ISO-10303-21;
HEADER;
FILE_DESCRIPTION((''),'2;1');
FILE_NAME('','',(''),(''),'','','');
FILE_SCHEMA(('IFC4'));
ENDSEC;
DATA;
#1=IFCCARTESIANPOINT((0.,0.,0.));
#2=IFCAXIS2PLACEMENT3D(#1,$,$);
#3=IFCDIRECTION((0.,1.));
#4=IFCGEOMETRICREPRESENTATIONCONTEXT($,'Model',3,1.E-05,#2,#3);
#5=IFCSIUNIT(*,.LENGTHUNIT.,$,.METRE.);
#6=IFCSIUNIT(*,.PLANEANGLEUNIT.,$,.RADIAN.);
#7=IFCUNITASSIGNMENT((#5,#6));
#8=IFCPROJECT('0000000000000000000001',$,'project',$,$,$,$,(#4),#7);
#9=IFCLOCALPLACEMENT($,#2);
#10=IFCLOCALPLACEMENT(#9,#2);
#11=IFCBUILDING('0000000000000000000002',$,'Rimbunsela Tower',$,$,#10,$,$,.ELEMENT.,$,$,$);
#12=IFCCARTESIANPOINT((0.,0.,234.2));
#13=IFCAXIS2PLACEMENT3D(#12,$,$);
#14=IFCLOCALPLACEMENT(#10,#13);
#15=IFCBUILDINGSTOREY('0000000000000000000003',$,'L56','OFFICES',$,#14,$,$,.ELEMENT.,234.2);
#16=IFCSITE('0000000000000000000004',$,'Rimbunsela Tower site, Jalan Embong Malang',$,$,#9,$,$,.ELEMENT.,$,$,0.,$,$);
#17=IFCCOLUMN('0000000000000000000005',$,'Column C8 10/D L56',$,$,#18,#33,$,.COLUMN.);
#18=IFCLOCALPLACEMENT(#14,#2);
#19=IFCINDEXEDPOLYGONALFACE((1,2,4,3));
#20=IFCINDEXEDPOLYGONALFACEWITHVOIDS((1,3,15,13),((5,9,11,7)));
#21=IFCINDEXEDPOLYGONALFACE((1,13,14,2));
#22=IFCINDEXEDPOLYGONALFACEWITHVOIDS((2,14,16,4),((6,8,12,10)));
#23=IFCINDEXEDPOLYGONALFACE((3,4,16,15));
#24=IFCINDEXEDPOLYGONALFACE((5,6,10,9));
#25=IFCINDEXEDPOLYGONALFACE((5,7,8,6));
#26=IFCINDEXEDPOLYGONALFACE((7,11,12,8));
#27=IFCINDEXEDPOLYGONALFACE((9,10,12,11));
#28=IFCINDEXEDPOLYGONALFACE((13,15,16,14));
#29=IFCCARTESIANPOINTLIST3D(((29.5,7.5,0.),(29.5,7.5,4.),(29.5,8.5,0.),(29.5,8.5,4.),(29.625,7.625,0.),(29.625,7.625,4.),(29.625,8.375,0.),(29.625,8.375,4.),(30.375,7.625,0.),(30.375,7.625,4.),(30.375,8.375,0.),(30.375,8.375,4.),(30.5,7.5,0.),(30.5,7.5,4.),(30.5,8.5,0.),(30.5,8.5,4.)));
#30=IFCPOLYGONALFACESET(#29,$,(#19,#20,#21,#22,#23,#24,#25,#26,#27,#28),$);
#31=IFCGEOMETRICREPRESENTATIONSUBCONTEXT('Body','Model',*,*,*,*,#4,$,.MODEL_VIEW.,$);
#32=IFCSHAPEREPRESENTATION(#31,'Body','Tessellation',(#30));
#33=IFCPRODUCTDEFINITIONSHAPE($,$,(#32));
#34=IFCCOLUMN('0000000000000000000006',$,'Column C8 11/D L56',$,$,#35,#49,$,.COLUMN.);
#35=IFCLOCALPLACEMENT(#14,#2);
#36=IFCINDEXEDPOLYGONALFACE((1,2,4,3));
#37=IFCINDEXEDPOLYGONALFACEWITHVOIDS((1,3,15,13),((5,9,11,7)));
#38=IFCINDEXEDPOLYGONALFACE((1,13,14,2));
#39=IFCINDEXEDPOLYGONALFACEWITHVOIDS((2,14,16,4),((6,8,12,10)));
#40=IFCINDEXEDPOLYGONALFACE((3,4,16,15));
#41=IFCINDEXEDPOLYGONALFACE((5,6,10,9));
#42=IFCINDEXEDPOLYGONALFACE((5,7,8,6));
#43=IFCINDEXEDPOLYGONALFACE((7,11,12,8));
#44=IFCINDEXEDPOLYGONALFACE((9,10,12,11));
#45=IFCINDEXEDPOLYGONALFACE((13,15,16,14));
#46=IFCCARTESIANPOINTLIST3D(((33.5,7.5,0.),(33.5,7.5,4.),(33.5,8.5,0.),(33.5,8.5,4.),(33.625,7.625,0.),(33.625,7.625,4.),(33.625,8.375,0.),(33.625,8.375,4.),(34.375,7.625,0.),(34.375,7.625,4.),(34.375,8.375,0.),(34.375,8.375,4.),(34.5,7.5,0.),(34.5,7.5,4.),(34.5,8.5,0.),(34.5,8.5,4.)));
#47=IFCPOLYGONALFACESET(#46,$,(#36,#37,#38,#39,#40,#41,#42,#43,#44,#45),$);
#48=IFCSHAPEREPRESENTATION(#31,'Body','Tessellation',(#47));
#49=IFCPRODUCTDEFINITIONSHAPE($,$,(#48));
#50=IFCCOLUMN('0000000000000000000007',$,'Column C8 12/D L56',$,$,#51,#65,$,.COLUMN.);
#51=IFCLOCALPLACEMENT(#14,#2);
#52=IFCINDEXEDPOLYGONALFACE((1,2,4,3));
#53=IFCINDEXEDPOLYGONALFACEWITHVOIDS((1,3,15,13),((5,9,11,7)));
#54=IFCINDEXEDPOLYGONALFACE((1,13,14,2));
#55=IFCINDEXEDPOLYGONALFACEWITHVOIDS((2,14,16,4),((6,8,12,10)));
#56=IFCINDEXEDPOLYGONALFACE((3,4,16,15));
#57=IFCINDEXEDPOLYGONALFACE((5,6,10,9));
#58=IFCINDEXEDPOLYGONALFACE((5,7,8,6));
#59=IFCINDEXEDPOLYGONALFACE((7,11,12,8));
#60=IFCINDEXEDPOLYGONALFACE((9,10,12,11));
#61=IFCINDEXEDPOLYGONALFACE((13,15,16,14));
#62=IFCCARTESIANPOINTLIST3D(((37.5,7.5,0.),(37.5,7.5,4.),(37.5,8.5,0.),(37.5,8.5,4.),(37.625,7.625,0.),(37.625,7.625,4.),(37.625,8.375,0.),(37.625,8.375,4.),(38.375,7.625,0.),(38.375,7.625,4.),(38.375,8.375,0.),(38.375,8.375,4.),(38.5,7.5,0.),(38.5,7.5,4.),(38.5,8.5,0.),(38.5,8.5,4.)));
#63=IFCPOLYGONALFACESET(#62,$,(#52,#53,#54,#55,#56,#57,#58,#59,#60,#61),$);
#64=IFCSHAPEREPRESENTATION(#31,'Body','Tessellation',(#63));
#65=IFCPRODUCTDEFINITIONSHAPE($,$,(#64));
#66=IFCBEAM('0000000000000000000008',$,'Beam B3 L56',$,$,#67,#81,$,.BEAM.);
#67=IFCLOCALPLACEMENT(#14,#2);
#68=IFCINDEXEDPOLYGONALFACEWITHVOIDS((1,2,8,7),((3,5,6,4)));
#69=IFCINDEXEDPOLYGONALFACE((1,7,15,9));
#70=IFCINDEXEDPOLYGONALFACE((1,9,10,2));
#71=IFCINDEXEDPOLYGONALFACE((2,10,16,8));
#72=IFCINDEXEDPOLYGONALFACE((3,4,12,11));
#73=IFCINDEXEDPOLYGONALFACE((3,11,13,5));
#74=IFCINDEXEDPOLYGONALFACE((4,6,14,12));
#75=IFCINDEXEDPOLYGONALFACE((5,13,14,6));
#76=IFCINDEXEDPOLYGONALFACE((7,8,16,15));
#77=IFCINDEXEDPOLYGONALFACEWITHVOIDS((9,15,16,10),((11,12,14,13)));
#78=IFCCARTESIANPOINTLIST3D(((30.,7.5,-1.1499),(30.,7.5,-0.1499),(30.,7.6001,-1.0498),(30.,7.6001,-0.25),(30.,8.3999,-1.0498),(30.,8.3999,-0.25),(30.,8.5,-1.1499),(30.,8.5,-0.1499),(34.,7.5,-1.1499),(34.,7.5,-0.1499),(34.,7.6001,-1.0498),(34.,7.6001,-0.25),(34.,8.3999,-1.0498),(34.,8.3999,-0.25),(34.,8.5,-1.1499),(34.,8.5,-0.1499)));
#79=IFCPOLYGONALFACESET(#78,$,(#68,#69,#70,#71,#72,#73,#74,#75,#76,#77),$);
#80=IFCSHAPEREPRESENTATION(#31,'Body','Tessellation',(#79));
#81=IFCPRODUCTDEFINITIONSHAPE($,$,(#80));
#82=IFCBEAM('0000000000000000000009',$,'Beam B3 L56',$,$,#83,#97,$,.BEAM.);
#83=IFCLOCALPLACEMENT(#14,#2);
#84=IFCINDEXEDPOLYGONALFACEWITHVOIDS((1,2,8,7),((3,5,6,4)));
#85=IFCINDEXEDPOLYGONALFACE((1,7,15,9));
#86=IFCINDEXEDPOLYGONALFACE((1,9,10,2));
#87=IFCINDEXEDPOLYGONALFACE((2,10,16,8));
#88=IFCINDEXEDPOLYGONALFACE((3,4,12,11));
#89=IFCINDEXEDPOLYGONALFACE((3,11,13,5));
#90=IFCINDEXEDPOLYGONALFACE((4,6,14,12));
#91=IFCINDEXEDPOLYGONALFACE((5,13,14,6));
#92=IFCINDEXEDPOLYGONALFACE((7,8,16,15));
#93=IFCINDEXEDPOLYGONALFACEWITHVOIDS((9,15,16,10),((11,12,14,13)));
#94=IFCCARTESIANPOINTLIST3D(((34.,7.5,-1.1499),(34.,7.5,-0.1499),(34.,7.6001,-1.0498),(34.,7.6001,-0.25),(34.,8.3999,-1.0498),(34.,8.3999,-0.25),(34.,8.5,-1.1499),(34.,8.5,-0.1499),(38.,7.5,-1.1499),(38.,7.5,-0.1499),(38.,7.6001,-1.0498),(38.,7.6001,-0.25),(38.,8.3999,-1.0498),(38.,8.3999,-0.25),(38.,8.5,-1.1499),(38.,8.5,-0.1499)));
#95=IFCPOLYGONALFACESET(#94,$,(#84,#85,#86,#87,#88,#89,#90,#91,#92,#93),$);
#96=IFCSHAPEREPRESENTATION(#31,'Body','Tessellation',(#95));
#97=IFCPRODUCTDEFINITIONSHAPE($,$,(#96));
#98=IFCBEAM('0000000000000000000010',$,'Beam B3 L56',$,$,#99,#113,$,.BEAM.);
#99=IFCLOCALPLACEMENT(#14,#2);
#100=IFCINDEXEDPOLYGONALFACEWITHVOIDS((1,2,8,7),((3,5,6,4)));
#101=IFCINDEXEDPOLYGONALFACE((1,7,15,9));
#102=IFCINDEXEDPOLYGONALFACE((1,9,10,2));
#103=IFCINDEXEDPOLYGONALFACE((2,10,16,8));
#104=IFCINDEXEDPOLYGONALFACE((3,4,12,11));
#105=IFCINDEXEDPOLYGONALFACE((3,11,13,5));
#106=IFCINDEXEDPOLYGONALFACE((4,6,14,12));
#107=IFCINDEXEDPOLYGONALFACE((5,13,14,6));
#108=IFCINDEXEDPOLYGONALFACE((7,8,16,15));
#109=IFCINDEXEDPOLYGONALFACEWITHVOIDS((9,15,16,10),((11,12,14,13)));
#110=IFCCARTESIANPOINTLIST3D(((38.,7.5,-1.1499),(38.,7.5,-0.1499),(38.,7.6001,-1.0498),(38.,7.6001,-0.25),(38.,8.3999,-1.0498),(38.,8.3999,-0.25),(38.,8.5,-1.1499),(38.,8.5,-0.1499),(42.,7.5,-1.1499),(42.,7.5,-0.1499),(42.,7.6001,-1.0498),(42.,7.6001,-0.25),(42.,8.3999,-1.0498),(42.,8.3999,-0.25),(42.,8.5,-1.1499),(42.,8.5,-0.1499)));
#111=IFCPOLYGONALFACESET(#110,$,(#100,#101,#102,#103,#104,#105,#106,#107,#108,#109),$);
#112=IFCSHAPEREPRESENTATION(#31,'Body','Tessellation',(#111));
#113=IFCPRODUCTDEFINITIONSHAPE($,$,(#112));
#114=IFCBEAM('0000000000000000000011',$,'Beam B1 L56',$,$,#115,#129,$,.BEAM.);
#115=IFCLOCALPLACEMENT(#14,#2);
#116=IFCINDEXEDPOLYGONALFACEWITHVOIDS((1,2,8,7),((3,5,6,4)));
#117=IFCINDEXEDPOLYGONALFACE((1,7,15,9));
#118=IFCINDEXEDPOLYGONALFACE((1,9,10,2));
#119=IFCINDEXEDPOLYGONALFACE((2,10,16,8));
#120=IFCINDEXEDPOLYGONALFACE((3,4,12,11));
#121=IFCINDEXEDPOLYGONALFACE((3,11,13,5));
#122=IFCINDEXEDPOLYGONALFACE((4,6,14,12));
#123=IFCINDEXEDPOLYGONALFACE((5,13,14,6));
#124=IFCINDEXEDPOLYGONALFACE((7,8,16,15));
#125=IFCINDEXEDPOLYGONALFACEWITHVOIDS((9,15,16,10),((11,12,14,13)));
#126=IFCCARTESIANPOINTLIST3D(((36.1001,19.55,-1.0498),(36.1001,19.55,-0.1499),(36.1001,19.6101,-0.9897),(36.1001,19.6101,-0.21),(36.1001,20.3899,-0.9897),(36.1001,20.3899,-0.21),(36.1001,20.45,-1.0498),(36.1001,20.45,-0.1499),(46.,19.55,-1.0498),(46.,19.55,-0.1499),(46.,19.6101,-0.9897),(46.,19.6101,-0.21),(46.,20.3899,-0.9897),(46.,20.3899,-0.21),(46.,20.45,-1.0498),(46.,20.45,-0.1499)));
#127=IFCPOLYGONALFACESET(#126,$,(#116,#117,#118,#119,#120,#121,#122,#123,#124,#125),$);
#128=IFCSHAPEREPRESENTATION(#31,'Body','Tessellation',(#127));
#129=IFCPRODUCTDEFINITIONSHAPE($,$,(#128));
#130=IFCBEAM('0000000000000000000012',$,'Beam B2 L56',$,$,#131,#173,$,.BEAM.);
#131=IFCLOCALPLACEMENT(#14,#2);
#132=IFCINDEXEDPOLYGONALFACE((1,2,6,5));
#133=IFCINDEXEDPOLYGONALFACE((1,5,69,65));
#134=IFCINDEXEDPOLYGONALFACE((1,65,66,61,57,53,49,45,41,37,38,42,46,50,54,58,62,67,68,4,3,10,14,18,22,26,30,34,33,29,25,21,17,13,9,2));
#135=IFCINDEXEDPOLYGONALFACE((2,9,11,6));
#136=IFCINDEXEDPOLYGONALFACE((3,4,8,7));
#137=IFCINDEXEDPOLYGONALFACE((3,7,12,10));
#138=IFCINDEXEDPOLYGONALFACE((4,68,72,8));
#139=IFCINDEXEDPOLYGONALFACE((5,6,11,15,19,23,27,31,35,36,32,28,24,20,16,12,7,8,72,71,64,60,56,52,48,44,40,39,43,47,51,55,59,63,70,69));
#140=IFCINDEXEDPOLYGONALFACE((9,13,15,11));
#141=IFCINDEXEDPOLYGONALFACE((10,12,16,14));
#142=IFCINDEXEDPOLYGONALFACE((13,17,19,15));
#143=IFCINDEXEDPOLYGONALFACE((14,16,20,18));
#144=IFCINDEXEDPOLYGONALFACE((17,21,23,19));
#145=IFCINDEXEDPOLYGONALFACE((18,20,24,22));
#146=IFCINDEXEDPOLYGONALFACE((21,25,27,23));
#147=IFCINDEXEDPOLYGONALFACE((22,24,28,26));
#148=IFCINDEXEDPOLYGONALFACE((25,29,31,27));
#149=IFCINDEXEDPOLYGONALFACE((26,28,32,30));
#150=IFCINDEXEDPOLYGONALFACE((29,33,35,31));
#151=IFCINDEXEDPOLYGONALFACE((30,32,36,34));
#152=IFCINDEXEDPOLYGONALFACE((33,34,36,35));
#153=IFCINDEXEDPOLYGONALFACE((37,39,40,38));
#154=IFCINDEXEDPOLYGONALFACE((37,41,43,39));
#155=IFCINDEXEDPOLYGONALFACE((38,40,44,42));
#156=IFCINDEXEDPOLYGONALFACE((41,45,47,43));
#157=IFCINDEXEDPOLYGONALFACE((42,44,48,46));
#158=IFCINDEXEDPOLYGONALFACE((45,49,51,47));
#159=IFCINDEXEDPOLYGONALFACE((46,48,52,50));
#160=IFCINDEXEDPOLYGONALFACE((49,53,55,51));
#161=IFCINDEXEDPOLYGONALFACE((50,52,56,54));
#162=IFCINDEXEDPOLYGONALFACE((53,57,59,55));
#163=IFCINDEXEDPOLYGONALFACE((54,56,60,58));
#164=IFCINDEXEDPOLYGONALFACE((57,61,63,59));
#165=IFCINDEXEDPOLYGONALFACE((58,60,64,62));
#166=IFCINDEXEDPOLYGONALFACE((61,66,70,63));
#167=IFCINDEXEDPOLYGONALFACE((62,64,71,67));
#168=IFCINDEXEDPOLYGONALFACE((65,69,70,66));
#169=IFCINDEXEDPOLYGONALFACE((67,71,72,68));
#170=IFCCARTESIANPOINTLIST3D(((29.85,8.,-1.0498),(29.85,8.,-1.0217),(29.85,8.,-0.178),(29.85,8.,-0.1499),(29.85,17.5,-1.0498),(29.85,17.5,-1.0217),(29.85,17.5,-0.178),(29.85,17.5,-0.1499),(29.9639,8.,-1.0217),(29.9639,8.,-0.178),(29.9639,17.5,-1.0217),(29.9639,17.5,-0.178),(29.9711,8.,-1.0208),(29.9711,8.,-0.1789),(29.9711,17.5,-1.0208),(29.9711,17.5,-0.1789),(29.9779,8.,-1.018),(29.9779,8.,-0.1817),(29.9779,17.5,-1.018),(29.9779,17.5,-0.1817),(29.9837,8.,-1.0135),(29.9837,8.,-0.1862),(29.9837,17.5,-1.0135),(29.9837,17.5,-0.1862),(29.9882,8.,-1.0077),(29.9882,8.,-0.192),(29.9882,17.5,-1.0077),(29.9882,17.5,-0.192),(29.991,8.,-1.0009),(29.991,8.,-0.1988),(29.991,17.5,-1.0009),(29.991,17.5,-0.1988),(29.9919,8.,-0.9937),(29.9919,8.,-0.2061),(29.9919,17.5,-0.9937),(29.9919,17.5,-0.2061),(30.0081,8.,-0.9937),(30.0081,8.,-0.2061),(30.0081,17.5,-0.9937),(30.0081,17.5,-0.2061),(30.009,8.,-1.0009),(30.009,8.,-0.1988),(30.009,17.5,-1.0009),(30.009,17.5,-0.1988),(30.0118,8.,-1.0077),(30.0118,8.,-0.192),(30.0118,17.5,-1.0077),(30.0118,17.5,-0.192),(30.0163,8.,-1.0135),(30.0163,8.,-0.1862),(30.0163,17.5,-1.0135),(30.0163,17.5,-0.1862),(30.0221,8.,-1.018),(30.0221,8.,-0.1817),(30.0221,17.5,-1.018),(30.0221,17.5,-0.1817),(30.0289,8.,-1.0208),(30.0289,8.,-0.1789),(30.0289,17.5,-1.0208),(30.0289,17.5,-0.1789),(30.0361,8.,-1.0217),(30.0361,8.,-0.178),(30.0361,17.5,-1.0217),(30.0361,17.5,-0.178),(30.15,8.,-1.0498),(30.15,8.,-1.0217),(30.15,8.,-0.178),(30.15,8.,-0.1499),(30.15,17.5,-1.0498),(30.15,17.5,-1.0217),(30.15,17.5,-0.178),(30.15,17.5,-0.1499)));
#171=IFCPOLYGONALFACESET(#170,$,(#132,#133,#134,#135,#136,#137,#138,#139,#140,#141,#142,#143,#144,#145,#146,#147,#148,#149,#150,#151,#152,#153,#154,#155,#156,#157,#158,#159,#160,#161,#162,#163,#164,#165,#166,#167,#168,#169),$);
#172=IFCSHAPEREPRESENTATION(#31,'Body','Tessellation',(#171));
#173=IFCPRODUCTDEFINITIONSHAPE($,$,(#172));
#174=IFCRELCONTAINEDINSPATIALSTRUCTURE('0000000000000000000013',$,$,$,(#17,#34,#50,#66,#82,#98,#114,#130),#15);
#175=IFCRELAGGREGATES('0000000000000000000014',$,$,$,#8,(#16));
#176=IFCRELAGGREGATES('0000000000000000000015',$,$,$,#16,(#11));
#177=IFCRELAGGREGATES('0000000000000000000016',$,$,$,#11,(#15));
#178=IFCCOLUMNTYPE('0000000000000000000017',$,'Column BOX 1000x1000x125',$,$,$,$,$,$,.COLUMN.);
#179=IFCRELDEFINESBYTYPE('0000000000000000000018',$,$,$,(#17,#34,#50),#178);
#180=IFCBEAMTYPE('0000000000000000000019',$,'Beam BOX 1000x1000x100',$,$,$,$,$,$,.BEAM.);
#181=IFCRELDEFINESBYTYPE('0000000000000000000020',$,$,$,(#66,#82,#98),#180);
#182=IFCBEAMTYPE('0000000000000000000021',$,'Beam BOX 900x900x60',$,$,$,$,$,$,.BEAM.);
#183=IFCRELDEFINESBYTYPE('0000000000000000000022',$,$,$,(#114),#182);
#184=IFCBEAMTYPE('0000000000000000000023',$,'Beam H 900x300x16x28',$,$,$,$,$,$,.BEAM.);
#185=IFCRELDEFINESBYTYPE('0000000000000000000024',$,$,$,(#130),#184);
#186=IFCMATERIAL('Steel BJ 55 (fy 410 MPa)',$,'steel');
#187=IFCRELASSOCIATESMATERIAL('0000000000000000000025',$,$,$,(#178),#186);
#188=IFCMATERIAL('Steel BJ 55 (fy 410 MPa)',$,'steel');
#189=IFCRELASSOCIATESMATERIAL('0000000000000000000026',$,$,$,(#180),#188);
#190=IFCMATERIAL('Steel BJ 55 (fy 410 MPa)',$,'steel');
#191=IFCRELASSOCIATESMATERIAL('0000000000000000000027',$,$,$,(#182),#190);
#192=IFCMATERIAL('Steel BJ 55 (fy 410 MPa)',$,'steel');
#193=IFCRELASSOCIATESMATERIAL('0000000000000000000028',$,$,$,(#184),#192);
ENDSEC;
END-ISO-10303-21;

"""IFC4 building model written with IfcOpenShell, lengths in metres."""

from ifc_helpers import new_model, si_unit, direction, frame, origin, origin_2d, place, context, subcontext, project, spatial, hollow_rectangle, i_section, extrude, material, material_profile, profile_set, type_object, element, save


model = new_model("IFC4")

# Units and contexts
model_context = context("Model", 3, precision=1e-05, world=origin(), true_north=direction((0.0, 1.0)))
body_context = subcontext(model_context, "Body", "Model", "MODEL_VIEW")
ifc_project = project(units=[si_unit("LENGTHUNIT", "METRE"), si_unit("PLANEANGLEUNIT", "RADIAN")], contexts=[model_context])

# Site, building, storey
site_placement = place(None, origin())
site = spatial("IfcSite", under=ifc_project, at=site_placement, Name="Rimbunsela Tower site, Jalan Embong Malang", CompositionType="ELEMENT", RefElevation=0.0)
building_placement = place(site_placement, origin())
building = spatial("IfcBuilding", under=site, at=building_placement, Name="Rimbunsela Tower", CompositionType="ELEMENT")
storey_placement = place(building_placement, frame((0.0, 0.0, 234.2)))
storey = spatial("IfcBuildingStorey", under=building, at=storey_placement, Name="L56", Description="OFFICES", CompositionType="ELEMENT", Elevation=234.2)

# Columns
ifc_material_1 = material(Name="Steel BJ 55 (fy 410 MPa)", Category="steel")
ifc_material_profile_1 = material_profile(ifc_material_1, hollow_rectangle(XDim=1.0, YDim=1.0, WallThickness=0.125, at=origin_2d()), Name="BOX 1000x1000x125")
ifc_profile_set_1 = profile_set([ifc_material_profile_1], Name="Steel BJ 55 (fy 410 MPa)")
column_type = type_object("IfcColumnType", Name="Column BOX 1000x1000x125", PredefinedType="COLUMN", material=ifc_profile_set_1)
for number, where, z_axis, x_axis, name in (
    (1, (30.0, 8.0, 0.0), (0.0, 0.0, 1.0), (1.0, 0.0, 0.0), "Column C8 10/D L56"),
    (2, (34.0, 8.0, 0.0), (0.0, 0.0, 1.0), (1.0, 0.0, 0.0), "Column C8 11/D L56"),
    (3, (38.0, 8.0, 0.0), (0.0, 0.0, 1.0), (1.0, 0.0, 0.0), "Column C8 12/D L56"),
):
    element("IfcColumn", number, at=place(storey_placement, frame(where, z_axis=z_axis, x_axis=x_axis)), inside=storey, type_object=column_type, Name=name, PredefinedType="COLUMN", context=body_context, shape_type="SweptSolid", body=[
        extrude(hollow_rectangle(XDim=1.0, YDim=1.0, WallThickness=0.125, at=origin_2d()), origin(), (0.0, 0.0, 1.0), 4.0),
    ])

# Beams
ifc_material_2 = material(Name="Steel BJ 55 (fy 410 MPa)", Category="steel")
ifc_material_profile_2 = material_profile(ifc_material_2, hollow_rectangle(XDim=1.0, YDim=1.0, WallThickness=0.1001, at=origin_2d()), Name="BOX 1000x1000x100")
ifc_profile_set_2 = profile_set([ifc_material_profile_2], Name="Steel BJ 55 (fy 410 MPa)")
beam_type_1 = type_object("IfcBeamType", Name="Beam BOX 1000x1000x100", PredefinedType="BEAM", material=ifc_profile_set_2)
for number, where, z_axis, x_axis, name in (
    (4, (30.0, 8.0, -0.6499), (1.0, 0.0, 0.0), (0.0, 1.0, 0.0), "Beam B3 L56"),
    (5, (34.0, 8.0, -0.6499), (1.0, 0.0, 0.0), (0.0, 1.0, 0.0), "Beam B3 L56"),
    (6, (38.0, 8.0, -0.6499), (1.0, 0.0, 0.0), (0.0, 1.0, 0.0), "Beam B3 L56"),
):
    element("IfcBeam", number, at=place(storey_placement, frame(where, z_axis=z_axis, x_axis=x_axis)), inside=storey, type_object=beam_type_1, Name=name, PredefinedType="BEAM", context=body_context, shape_type="SweptSolid", body=[
        extrude(hollow_rectangle(XDim=1.0, YDim=1.0, WallThickness=0.1001, at=origin_2d()), origin(), (0.0, 0.0, 1.0), 4.0),
    ])
ifc_material_3 = material(Name="Steel BJ 55 (fy 410 MPa)", Category="steel")
ifc_material_profile_3 = material_profile(ifc_material_3, hollow_rectangle(XDim=0.8999, YDim=0.8999, WallThickness=0.0601, at=origin_2d()), Name="BOX 900x900x60")
ifc_profile_set_3 = profile_set([ifc_material_profile_3], Name="Steel BJ 55 (fy 410 MPa)")
beam_type_2 = type_object("IfcBeamType", Name="Beam BOX 900x900x60", PredefinedType="BEAM", material=ifc_profile_set_3)
beam_1_placement = place(storey_placement, frame((36.1001, 20.0, -0.5999), z_axis=(1.0, 0.0, 0.0), x_axis=(0.0, 1.0, 0.0)))
element("IfcBeam", 7, at=beam_1_placement, inside=storey, type_object=beam_type_2, Name="Beam B1 L56", PredefinedType="BEAM", context=body_context, shape_type="SweptSolid", body=[
    extrude(hollow_rectangle(XDim=0.8999, YDim=0.8999, WallThickness=0.0601, at=origin_2d()), origin(), (0.0, 0.0, 1.0), 9.8999),
])
ifc_material_4 = material(Name="Steel BJ 55 (fy 410 MPa)", Category="steel")
ifc_material_profile_4 = material_profile(ifc_material_4, i_section(OverallWidth=0.3, OverallDepth=0.8999, WebThickness=0.0161, FlangeThickness=0.0281, FilletRadius=0.0281, at=origin_2d()), Name="H 900x300x16x28")
ifc_profile_set_4 = profile_set([ifc_material_profile_4], Name="Steel BJ 55 (fy 410 MPa)")
beam_type_3 = type_object("IfcBeamType", Name="Beam H 900x300x16x28", PredefinedType="BEAM", material=ifc_profile_set_4)
for number, where, z_axis, x_axis, name in (
    (8, (30.0, 8.0, -0.5999), (0.0, 1.0, 0.0), (-1.0, 0.0, 0.0), "Beam B2 L56"),
):
    element("IfcBeam", number, at=place(storey_placement, frame(where, z_axis=z_axis, x_axis=x_axis)), inside=storey, type_object=beam_type_3, Name=name, PredefinedType="BEAM", context=body_context, shape_type="SweptSolid", body=[
        extrude(i_section(OverallWidth=0.3, OverallDepth=0.8999, WebThickness=0.0161, FlangeThickness=0.0281, FilletRadius=0.0281, at=origin_2d()), origin(), (0.0, 0.0, 1.0), 9.5),
    ])

save(model, "model.ifc")
